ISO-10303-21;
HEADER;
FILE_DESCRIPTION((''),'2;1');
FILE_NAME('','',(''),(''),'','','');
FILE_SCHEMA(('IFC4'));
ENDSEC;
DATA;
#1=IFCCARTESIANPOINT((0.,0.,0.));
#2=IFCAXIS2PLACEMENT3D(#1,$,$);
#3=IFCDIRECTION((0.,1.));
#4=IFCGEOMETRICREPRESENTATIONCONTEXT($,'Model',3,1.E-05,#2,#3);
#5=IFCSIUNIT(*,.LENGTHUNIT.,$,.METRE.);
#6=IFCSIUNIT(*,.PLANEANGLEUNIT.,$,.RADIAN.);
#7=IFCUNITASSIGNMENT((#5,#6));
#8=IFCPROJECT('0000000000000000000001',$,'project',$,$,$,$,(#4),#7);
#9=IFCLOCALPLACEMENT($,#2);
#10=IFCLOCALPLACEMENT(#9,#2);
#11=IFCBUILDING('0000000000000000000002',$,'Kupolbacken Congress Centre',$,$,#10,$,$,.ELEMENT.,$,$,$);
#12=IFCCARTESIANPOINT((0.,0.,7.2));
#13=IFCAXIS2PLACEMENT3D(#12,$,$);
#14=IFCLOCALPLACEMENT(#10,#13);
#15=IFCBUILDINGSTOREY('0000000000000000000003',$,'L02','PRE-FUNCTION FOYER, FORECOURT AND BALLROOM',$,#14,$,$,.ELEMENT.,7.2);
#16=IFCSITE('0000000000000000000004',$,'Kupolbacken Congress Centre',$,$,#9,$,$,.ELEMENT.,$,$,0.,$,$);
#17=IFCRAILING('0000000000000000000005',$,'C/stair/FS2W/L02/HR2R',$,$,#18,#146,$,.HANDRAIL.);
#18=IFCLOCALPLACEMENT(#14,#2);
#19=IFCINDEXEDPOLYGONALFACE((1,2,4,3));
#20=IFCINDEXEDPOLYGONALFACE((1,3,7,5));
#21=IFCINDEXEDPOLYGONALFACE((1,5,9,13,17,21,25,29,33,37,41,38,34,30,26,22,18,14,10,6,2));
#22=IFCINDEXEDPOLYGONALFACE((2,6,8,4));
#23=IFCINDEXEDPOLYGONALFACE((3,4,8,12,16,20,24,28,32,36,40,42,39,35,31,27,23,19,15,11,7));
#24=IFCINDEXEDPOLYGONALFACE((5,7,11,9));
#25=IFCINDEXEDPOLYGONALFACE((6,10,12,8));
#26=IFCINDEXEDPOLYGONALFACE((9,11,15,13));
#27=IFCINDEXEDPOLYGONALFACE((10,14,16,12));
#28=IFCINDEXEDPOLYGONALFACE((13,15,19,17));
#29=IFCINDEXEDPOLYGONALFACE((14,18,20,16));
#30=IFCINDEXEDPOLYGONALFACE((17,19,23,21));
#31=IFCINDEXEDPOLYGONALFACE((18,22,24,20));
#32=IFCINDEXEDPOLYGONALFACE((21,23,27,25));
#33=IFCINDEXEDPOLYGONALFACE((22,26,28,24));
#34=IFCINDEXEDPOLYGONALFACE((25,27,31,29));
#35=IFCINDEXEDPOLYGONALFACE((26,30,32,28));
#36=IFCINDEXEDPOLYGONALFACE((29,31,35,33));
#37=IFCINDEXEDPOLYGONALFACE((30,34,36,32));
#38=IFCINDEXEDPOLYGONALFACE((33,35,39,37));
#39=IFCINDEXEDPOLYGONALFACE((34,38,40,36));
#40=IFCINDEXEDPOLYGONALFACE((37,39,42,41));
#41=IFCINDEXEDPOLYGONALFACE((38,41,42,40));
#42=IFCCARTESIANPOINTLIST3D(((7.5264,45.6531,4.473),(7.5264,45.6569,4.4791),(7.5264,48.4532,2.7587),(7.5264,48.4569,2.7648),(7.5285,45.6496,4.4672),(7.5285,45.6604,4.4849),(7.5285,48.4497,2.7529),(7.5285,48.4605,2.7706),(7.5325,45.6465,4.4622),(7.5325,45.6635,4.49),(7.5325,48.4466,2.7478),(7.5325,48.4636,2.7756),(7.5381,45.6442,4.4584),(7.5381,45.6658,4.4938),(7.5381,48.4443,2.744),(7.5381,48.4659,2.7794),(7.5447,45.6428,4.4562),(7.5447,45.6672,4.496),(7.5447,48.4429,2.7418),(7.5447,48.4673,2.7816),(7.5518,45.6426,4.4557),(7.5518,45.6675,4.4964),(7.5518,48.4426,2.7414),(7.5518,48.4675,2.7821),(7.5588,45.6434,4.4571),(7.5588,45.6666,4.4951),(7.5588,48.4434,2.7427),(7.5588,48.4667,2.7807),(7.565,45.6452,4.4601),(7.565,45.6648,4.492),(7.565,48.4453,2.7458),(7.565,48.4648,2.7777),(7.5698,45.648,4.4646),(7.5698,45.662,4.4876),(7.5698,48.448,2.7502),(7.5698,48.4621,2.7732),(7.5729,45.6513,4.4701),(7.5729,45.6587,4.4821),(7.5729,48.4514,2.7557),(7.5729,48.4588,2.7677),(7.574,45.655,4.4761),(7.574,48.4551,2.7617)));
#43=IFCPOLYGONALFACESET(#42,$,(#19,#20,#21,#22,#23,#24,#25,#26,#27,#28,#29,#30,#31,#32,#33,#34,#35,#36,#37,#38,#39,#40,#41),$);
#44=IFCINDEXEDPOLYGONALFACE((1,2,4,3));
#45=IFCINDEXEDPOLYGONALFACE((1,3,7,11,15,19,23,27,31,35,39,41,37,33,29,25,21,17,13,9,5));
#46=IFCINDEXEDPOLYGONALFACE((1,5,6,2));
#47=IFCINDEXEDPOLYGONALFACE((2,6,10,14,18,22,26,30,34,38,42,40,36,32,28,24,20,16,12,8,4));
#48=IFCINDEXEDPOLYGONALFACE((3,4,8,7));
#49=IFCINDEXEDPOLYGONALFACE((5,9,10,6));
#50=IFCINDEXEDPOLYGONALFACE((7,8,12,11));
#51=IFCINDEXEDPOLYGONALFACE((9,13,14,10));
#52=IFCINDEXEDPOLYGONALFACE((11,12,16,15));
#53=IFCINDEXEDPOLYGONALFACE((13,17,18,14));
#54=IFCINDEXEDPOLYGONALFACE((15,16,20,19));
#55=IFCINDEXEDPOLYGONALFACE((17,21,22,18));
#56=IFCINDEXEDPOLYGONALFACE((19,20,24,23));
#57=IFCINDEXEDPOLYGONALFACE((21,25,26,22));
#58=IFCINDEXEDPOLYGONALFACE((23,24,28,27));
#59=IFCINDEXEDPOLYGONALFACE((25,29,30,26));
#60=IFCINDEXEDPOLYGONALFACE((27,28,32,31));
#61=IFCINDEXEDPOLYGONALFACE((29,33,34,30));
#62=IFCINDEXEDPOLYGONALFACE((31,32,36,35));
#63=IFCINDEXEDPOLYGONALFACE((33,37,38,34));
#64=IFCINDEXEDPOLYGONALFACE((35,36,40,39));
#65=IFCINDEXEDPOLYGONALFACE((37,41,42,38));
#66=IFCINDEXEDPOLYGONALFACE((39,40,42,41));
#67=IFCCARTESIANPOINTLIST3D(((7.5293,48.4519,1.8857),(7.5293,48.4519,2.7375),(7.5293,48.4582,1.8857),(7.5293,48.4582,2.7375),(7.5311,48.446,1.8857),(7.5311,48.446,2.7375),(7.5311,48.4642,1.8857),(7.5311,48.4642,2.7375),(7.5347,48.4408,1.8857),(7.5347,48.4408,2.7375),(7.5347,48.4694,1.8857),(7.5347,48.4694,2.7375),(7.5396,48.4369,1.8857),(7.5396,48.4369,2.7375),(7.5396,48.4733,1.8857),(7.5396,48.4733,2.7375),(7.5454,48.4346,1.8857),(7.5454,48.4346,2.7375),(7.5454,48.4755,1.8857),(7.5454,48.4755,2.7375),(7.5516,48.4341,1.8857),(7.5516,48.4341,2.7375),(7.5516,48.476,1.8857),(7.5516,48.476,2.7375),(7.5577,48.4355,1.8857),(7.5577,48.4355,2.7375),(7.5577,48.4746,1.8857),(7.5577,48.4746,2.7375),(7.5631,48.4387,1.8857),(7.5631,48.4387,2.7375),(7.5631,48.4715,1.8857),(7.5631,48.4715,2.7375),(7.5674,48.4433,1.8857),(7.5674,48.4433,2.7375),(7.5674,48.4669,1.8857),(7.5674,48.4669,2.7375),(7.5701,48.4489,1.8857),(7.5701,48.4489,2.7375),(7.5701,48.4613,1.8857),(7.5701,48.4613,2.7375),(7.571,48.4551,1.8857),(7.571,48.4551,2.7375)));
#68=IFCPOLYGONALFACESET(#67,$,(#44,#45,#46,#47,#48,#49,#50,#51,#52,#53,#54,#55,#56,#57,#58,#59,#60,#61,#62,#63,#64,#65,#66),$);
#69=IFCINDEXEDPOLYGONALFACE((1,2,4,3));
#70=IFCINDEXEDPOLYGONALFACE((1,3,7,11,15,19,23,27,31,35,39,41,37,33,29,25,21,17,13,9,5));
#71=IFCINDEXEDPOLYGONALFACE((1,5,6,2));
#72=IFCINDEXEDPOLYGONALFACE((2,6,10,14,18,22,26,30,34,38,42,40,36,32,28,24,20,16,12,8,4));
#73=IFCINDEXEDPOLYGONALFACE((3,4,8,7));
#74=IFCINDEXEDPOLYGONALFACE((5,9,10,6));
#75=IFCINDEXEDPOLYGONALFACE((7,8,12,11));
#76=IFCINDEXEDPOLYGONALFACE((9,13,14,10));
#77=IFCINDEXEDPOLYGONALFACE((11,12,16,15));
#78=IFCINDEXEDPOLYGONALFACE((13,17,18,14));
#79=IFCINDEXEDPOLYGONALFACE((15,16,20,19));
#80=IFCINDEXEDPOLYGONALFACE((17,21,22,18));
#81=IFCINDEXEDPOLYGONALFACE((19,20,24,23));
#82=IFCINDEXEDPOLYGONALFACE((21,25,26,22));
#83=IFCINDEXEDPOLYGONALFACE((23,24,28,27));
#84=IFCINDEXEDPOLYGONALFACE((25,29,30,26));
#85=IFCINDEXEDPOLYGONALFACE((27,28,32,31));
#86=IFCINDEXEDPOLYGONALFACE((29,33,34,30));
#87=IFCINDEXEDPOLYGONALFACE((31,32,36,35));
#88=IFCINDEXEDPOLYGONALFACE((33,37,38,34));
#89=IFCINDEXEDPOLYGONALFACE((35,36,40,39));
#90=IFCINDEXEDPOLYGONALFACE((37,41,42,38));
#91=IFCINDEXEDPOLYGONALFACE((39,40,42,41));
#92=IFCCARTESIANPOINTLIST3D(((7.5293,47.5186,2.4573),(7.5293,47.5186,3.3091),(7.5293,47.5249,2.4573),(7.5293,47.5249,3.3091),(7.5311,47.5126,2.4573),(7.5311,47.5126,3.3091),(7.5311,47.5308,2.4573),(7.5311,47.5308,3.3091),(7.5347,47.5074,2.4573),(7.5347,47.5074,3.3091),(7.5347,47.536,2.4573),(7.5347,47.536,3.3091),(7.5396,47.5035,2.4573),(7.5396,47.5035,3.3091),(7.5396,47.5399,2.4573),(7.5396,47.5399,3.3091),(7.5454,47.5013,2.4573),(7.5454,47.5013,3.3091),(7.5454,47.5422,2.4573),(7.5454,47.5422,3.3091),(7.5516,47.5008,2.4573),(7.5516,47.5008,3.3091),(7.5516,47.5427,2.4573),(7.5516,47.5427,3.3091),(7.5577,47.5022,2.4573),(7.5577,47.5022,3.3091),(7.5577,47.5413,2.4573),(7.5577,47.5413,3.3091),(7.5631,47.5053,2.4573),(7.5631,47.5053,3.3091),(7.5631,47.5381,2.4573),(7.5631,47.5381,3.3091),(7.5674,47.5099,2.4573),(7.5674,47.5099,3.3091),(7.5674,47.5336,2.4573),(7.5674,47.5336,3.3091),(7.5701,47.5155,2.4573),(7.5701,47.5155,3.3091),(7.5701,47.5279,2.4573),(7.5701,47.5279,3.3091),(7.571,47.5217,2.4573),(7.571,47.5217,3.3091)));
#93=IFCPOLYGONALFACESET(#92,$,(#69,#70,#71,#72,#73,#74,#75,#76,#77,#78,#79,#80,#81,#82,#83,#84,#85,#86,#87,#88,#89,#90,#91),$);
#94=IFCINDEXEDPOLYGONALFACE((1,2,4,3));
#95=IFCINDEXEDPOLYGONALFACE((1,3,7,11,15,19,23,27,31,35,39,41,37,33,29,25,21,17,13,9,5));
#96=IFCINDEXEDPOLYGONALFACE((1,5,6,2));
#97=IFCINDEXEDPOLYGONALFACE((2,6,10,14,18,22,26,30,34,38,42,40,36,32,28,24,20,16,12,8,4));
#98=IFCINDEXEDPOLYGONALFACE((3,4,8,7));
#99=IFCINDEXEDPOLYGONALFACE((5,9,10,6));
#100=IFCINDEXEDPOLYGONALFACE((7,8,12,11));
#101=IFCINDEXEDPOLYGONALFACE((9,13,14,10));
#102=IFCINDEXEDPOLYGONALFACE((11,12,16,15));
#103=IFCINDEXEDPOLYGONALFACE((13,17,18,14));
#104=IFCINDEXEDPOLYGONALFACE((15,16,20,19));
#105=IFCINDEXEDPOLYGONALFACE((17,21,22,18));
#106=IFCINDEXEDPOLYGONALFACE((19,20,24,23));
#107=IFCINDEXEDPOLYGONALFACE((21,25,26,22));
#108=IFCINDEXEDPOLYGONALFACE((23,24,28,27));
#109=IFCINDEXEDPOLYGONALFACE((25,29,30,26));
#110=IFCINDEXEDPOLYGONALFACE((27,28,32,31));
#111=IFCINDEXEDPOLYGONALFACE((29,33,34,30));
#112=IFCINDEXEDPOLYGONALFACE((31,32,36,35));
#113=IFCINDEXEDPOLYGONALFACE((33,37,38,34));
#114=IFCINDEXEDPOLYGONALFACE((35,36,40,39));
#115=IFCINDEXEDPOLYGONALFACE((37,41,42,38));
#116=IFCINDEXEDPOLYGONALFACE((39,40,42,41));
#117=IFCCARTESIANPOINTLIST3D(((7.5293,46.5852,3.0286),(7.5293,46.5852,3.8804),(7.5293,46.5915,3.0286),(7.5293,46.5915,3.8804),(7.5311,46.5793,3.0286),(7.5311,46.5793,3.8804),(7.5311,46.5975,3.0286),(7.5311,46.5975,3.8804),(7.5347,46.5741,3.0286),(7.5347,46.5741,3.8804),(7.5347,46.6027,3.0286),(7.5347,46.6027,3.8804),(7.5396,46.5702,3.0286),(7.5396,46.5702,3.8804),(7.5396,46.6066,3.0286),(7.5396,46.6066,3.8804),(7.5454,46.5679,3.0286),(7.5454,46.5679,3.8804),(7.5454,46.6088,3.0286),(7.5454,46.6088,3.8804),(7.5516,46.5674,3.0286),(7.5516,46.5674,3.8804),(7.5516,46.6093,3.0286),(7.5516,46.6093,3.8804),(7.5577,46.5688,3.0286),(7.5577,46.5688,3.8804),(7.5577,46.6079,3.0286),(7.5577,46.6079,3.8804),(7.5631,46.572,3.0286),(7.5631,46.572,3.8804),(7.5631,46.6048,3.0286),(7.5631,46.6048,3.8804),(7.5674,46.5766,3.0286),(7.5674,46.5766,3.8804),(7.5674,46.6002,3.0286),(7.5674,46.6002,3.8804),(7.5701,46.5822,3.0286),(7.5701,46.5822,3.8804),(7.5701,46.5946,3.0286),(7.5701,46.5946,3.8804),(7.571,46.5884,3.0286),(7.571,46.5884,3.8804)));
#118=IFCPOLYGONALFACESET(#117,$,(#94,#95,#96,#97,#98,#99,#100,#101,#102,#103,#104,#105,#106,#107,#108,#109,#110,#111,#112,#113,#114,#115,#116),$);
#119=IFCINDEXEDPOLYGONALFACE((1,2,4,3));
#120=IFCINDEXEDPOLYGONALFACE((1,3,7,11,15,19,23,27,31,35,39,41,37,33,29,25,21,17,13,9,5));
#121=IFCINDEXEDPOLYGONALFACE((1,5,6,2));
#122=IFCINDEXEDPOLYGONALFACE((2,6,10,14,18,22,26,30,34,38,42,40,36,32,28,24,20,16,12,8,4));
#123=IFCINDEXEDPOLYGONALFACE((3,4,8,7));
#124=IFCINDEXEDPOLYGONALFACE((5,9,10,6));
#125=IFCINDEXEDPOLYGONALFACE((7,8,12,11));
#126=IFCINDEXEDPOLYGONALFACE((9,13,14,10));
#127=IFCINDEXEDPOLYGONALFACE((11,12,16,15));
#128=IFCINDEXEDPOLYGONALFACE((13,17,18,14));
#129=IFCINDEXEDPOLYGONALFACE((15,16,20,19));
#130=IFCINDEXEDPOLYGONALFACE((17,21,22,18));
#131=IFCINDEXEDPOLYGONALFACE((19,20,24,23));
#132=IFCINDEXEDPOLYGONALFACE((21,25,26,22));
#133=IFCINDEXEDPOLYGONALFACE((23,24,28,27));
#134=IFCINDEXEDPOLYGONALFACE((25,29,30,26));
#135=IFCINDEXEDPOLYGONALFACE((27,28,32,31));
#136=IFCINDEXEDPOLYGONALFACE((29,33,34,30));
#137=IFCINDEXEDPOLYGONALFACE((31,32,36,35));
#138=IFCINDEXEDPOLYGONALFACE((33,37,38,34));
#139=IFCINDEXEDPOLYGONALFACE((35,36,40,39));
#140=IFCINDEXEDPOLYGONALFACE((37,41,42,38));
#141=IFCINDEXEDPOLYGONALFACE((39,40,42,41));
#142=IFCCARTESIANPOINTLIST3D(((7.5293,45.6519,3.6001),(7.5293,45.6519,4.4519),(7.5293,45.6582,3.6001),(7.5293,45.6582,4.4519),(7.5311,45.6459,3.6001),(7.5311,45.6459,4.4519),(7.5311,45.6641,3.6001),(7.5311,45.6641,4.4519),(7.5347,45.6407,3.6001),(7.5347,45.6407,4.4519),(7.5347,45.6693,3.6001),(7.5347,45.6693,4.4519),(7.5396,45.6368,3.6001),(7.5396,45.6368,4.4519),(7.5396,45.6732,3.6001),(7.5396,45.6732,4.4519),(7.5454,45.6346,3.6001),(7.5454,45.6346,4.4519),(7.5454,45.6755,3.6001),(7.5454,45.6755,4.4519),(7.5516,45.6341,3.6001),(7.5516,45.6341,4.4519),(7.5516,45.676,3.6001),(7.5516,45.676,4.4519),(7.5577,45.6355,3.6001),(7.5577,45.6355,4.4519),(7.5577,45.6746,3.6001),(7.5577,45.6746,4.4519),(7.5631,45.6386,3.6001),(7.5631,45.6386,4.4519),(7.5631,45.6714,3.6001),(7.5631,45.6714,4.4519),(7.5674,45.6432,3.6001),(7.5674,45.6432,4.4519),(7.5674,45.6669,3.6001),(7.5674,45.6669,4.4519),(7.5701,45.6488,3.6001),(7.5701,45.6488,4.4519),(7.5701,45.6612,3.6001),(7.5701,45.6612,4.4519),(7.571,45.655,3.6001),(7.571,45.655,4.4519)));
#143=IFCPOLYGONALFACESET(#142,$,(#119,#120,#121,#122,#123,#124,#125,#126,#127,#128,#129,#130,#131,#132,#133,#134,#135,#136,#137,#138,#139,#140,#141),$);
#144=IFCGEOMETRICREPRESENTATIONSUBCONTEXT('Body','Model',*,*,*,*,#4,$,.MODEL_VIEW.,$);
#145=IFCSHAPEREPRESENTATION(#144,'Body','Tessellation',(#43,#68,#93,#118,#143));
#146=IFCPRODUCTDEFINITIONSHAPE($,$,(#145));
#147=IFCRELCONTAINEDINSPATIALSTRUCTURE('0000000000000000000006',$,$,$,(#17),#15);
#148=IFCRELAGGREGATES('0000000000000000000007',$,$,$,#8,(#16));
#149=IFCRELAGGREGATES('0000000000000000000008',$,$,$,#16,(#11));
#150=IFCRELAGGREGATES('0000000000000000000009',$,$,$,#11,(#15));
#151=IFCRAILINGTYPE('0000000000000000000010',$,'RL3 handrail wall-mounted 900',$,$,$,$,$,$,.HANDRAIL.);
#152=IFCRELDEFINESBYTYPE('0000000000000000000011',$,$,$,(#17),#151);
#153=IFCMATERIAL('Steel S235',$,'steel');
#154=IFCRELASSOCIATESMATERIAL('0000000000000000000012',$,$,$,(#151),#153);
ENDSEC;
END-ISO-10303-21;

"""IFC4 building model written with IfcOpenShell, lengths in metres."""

from ifc_helpers import new_model, si_unit, direction, frame, origin, origin_2d, place, context, subcontext, project, spatial, circle, extrude, material, type_object, element, save


model = new_model("IFC4")

# Units and contexts
model_context = context("Model", 3, precision=1e-05, world=origin(), true_north=direction((0.0, 1.0)))
body_context = subcontext(model_context, "Body", "Model", "MODEL_VIEW")
ifc_project = project(units=[si_unit("LENGTHUNIT", "METRE"), si_unit("PLANEANGLEUNIT", "RADIAN")], contexts=[model_context])

# Site, building, storey
site_placement = place(None, origin())
site = spatial("IfcSite", under=ifc_project, at=site_placement, Name="Kupolbacken Congress Centre", CompositionType="ELEMENT", RefElevation=0.0)
building_placement = place(site_placement, origin())
building = spatial("IfcBuilding", under=site, at=building_placement, Name="Kupolbacken Congress Centre", CompositionType="ELEMENT")
storey_placement = place(building_placement, frame((0.0, 0.0, 7.2)))
storey = spatial("IfcBuildingStorey", under=building, at=storey_placement, Name="L02", Description="PRE-FUNCTION FOYER, FORECOURT AND BALLROOM", CompositionType="ELEMENT", Elevation=7.2)

# Railing
ifc_material_1 = material(Name="Steel S235", Category="steel")
railing_type = type_object("IfcRailingType", Name="RL3 handrail wall-mounted 900", PredefinedType="HANDRAIL", material=ifc_material_1)
for number, where, name in (
    (1, (7.55, 48.4551, 1.8857), "C/stair/FS2W/L02/HR2R"),
):
    element("IfcRailing", number, at=place(storey_placement, frame(where)), inside=storey, type_object=railing_type, Name=name, PredefinedType="HANDRAIL", context=body_context, shape_type="SweptSolid", body=[
        extrude(circle(Radius=0.0239, at=origin_2d()), frame((0.0, 0.0, 0.876), z_axis=(0.0, -0.852846, 0.522163), x_axis=(1.0, 0.0, 0.0)), (0.0, 0.0, 1.0), 3.2832),
        extrude(circle(Radius=0.021, at=origin_2d()), origin(), (0.0, 0.0, 1.0), 0.8518),
        extrude(circle(Radius=0.021, at=origin_2d()), frame((0.0, -0.9333, 0.5715)), (0.0, 0.0, 1.0), 0.8518),
        extrude(circle(Radius=0.021, at=origin_2d()), frame((0.0, -1.8667, 1.1428)), (0.0, 0.0, 1.0), 0.8518),
        extrude(circle(Radius=0.021, at=origin_2d()), frame((0.0, -2.8, 1.7144)), (0.0, 0.0, 1.0), 0.8518),
    ])

save(model, "model.ifc")
